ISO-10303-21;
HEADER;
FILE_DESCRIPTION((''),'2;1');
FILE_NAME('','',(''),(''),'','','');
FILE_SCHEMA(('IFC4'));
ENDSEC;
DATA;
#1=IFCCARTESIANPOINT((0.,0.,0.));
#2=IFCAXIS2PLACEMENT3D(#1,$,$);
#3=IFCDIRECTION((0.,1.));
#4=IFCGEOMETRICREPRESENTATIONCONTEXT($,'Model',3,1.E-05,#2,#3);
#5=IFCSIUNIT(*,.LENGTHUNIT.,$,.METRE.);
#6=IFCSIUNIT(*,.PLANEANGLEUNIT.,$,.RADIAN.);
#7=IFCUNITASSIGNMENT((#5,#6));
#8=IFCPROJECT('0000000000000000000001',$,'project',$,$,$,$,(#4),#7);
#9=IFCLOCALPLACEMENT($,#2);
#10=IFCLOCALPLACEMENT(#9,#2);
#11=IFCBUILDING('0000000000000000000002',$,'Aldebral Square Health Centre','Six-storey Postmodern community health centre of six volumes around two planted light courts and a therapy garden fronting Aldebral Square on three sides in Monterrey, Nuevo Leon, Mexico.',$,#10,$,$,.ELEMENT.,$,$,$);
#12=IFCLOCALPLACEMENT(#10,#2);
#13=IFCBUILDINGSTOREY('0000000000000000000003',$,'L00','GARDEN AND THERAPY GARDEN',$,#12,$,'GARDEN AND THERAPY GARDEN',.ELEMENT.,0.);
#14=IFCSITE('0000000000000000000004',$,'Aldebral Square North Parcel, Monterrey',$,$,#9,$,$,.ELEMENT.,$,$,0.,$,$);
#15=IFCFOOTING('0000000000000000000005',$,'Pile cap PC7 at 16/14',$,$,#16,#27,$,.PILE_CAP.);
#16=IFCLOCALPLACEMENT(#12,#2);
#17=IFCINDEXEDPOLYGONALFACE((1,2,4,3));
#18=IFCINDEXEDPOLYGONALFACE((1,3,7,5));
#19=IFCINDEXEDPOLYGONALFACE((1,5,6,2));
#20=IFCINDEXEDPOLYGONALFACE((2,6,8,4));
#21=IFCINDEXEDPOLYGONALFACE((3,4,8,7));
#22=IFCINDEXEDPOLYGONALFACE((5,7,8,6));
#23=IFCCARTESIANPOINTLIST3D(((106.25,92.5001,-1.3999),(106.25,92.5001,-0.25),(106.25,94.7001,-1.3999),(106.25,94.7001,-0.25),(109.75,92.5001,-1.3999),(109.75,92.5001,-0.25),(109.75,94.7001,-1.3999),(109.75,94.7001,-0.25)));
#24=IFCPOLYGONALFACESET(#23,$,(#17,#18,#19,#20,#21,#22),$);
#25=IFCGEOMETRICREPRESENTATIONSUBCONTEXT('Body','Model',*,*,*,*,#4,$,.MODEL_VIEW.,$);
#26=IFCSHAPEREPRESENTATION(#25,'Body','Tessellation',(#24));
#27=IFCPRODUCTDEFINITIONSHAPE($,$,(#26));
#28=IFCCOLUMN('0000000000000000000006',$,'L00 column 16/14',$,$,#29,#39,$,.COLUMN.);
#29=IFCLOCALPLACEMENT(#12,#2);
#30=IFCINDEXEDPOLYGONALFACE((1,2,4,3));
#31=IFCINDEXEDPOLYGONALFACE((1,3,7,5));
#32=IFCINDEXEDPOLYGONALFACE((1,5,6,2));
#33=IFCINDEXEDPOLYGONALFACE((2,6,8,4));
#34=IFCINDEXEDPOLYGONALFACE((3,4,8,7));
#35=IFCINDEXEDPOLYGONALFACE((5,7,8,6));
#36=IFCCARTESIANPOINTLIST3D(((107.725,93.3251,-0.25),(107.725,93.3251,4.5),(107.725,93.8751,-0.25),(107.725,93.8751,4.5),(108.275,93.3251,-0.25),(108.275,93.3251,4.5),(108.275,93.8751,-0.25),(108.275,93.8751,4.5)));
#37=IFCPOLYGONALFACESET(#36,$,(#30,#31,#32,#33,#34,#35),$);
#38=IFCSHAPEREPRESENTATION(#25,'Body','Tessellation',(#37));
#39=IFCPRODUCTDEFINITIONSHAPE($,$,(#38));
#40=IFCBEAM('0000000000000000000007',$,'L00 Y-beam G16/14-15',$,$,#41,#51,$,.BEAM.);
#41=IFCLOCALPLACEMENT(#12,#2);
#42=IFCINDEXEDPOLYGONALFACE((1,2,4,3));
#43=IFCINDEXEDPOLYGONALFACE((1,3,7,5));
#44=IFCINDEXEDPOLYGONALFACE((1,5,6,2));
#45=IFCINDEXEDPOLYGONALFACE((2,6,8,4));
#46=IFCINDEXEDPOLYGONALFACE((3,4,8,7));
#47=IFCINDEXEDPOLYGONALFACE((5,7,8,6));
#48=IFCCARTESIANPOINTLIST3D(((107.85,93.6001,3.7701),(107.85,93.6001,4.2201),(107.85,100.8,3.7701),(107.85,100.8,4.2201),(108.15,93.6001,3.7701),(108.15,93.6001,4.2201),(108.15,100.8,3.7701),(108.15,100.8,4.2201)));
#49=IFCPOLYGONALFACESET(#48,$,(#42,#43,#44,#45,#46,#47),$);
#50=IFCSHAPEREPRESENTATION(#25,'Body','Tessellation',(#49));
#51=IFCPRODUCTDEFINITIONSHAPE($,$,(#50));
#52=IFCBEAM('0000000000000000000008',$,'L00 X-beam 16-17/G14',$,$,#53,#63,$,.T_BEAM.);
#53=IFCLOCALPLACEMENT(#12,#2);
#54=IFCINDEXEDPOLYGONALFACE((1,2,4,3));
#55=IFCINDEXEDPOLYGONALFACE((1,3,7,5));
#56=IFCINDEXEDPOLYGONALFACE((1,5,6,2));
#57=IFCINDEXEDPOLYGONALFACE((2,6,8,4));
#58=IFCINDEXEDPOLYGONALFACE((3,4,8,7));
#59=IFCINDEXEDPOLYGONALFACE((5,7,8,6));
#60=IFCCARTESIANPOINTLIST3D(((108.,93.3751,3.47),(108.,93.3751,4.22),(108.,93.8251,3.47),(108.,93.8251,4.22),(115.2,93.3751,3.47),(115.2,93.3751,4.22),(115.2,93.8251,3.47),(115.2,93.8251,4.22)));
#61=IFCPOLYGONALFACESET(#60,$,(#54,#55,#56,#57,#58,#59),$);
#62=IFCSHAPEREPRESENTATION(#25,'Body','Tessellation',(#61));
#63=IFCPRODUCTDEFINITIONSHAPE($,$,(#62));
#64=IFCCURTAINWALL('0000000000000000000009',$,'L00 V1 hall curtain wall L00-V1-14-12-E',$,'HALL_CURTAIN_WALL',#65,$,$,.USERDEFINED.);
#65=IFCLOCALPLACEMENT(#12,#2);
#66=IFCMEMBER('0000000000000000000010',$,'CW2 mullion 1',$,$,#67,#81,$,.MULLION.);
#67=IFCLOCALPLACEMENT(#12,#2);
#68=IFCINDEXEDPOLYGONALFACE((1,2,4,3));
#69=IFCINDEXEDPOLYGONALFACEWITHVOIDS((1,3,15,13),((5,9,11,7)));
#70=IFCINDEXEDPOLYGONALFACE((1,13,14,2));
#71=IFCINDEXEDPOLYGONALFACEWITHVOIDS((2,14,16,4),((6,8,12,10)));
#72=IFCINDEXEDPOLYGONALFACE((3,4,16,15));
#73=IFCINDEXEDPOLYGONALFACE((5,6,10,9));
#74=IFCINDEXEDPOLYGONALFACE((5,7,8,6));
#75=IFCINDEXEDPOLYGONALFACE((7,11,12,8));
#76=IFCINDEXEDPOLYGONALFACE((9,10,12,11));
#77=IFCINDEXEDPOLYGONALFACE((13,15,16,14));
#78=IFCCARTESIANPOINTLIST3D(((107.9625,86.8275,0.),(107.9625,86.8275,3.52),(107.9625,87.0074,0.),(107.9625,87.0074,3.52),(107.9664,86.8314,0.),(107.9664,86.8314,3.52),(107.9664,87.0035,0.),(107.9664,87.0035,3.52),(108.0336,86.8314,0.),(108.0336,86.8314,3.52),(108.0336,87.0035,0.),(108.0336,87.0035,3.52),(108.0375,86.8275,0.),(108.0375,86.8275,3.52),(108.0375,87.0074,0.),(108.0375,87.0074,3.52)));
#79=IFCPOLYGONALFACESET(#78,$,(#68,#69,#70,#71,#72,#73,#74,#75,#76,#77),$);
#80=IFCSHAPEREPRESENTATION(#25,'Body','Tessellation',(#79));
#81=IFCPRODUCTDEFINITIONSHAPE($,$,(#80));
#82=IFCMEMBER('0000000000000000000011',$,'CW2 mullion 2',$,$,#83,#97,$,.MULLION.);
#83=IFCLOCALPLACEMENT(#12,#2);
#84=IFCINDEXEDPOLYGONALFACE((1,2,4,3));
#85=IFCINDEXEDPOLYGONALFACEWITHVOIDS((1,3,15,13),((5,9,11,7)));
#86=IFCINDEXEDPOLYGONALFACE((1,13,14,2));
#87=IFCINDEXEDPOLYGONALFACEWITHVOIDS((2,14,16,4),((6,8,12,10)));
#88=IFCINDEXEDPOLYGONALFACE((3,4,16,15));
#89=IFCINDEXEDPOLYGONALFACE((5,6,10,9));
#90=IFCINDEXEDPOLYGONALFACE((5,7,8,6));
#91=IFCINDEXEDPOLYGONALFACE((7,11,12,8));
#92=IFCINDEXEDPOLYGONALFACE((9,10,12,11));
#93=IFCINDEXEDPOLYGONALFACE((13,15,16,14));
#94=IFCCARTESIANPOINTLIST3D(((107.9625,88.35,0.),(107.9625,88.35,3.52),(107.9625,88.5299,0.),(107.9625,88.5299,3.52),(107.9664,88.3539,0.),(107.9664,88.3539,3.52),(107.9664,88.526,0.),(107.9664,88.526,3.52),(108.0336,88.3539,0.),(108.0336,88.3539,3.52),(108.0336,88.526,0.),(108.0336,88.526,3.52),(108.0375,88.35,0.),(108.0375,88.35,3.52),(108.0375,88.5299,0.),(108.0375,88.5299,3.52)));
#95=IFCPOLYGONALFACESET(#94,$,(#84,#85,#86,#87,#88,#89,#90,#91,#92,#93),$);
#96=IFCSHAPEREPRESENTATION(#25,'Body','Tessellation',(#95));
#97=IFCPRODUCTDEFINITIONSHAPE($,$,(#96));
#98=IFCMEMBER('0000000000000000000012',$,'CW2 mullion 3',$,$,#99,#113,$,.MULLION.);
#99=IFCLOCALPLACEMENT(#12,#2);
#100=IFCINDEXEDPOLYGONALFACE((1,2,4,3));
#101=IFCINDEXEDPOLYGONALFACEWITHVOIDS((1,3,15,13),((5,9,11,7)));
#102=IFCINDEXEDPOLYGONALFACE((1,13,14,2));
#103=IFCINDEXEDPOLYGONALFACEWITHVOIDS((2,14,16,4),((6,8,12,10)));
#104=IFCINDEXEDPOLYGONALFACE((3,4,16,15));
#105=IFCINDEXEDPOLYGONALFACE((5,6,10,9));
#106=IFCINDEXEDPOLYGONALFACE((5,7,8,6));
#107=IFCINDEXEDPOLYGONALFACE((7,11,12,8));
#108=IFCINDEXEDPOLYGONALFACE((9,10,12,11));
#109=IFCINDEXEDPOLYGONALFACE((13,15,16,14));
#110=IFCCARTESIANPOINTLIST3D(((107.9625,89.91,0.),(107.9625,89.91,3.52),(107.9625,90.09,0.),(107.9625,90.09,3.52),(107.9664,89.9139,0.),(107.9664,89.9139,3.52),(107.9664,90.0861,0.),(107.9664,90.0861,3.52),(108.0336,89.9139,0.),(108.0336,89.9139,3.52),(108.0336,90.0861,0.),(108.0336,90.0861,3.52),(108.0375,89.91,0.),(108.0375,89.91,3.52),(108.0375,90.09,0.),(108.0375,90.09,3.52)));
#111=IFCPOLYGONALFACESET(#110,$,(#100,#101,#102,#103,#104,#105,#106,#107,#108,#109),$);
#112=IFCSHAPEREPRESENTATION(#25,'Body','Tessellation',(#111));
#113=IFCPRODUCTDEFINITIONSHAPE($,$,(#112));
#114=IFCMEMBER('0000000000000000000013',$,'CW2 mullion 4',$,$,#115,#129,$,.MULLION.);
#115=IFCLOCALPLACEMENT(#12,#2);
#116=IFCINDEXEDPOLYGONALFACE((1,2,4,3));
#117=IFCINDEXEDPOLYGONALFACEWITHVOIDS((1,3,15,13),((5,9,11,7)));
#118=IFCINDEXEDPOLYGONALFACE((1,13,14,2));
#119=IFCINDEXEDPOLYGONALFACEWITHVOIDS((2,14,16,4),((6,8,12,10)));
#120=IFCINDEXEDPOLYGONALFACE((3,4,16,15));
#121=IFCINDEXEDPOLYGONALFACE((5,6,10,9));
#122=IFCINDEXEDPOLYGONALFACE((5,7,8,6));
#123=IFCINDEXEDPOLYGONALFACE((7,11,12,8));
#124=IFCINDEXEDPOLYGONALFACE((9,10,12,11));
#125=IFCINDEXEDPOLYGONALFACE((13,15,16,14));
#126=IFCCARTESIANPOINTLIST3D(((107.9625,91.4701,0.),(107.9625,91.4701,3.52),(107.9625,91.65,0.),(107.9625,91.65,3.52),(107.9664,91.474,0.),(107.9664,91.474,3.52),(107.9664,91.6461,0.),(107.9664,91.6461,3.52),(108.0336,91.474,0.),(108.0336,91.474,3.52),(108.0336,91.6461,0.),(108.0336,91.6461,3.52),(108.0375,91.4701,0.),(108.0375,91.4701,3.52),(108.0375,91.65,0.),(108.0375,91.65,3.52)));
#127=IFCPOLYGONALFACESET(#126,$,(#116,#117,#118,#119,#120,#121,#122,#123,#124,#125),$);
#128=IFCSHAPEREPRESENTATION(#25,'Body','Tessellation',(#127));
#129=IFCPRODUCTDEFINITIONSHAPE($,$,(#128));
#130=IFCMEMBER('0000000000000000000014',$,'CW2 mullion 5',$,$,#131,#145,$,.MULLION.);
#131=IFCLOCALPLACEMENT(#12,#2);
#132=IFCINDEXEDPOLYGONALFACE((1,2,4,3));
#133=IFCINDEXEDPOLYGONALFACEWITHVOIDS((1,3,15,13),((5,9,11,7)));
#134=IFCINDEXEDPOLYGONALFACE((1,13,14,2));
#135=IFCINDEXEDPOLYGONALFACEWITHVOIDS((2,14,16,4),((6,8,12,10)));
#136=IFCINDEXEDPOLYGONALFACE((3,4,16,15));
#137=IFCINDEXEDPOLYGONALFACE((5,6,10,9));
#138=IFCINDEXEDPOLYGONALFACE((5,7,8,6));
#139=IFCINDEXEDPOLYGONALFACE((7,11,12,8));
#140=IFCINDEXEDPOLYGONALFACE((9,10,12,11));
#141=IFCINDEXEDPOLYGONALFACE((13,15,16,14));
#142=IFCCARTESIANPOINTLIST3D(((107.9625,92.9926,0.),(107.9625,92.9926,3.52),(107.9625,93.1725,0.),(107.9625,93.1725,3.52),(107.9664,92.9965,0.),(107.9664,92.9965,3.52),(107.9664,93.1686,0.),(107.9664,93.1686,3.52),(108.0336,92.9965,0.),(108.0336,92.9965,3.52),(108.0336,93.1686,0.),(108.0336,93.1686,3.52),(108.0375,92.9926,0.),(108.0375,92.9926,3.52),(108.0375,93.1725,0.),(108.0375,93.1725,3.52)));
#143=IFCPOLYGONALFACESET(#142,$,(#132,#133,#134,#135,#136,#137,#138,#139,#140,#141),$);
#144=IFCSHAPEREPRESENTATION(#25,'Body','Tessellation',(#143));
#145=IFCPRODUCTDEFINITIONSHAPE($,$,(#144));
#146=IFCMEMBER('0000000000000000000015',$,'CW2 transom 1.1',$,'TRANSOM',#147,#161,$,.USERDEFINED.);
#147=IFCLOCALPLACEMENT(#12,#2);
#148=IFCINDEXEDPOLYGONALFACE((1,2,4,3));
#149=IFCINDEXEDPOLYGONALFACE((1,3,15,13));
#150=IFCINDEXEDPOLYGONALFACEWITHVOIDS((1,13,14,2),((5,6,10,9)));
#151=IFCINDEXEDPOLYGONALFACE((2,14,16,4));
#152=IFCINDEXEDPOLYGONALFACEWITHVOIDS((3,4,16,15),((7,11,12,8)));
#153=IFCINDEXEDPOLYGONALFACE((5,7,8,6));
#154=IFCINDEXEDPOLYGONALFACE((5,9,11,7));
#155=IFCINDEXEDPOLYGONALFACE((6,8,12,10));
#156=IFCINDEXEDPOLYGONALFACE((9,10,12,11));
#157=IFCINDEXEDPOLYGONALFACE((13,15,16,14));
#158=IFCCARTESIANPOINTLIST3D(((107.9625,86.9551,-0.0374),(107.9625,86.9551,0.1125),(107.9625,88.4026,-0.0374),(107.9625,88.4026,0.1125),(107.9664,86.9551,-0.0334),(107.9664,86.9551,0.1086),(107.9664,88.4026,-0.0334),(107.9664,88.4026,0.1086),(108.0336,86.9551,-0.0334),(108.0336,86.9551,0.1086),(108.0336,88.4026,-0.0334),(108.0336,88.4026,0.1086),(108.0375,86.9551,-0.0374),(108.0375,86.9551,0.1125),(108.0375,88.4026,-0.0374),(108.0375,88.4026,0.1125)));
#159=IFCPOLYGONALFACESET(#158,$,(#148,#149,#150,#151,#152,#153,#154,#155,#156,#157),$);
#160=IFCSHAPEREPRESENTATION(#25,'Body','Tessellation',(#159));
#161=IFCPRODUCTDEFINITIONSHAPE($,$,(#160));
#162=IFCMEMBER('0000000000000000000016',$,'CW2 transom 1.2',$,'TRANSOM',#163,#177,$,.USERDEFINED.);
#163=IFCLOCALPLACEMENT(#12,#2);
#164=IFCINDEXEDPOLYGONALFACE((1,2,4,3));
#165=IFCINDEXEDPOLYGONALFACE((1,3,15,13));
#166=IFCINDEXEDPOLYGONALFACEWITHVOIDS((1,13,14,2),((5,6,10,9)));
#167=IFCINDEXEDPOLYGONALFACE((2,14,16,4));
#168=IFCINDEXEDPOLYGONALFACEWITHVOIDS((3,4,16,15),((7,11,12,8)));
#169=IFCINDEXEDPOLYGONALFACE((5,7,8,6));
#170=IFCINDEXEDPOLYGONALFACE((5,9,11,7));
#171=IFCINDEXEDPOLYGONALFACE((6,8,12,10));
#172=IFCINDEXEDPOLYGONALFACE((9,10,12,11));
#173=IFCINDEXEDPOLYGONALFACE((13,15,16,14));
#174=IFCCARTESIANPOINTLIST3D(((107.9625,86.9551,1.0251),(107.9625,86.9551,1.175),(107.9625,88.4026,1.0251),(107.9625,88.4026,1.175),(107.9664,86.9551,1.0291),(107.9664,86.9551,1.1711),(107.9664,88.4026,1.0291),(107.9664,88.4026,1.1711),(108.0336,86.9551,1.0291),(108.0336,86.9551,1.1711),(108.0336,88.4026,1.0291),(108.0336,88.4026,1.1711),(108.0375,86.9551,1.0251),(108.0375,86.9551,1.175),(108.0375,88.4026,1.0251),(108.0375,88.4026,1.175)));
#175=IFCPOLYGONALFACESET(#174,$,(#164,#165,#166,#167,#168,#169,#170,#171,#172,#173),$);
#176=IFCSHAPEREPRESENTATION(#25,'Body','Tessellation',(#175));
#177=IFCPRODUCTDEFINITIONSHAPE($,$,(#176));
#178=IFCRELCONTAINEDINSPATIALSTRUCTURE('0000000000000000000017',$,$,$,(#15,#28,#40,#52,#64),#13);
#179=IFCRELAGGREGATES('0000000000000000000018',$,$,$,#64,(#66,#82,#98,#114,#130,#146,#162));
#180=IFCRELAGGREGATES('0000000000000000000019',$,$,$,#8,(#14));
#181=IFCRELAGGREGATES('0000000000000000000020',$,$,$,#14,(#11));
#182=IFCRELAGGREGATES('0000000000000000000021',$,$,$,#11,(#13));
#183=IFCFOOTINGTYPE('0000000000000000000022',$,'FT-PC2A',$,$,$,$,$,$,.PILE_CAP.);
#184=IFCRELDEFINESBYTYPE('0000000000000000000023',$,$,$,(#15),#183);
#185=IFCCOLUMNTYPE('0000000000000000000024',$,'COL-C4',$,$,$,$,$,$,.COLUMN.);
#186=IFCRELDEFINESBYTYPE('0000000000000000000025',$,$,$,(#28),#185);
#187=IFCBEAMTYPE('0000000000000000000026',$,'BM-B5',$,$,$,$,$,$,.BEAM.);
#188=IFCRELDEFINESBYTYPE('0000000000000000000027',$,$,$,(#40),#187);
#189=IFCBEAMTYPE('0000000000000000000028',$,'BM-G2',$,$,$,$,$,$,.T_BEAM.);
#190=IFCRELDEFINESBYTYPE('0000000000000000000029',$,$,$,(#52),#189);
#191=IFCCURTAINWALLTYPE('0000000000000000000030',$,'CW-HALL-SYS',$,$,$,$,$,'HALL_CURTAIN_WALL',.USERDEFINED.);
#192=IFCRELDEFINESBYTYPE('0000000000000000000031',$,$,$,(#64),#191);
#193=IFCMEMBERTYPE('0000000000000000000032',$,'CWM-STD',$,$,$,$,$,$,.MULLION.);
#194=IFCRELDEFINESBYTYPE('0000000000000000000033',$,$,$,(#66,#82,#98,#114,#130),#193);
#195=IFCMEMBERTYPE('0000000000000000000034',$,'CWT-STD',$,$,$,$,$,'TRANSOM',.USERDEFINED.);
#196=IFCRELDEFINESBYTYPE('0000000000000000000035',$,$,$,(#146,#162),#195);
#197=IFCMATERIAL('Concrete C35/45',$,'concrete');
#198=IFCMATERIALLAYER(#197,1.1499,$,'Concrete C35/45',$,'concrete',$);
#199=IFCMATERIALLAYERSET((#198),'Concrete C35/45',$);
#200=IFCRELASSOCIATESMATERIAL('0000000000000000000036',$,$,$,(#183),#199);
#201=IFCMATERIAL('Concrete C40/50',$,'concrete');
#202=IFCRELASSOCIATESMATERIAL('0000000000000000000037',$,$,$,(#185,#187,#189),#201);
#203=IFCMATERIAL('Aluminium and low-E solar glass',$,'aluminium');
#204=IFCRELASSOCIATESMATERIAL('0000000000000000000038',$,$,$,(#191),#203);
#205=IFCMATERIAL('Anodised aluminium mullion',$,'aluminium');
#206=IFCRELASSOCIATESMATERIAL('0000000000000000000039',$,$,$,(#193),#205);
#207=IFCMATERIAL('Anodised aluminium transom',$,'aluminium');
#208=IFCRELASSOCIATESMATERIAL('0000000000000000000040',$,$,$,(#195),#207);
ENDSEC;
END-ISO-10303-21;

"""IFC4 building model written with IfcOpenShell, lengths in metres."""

from ifc_helpers import new_model, si_unit, direction, frame, origin, origin_2d, place, context, subcontext, project, spatial, rectangle, hollow_rectangle, extrude, material, layer, layer_set, material_profile, profile_set, type_object, element, aggregate, save


model = new_model("IFC4")

# Units and contexts
model_context = context("Model", 3, precision=1e-05, world=origin(), true_north=direction((0.0, 1.0)))
body_context = subcontext(model_context, "Body", "Model", "MODEL_VIEW")
ifc_project = project(units=[si_unit("LENGTHUNIT", "METRE"), si_unit("PLANEANGLEUNIT", "RADIAN")], contexts=[model_context])

# Site, building, storey
site_placement = place(None, origin())
site = spatial("IfcSite", under=ifc_project, at=site_placement, Name="Aldebral Square North Parcel, Monterrey", CompositionType="ELEMENT", RefElevation=0.0)
building_placement = place(site_placement, origin())
building = spatial("IfcBuilding", under=site, at=building_placement, Name="Aldebral Square Health Centre", Description="Six-storey Postmodern community health centre of six volumes around two planted light courts and a therapy garden fronting Aldebral Square on three sides in Monterrey, Nuevo Leon, Mexico.", CompositionType="ELEMENT")
storey_placement = place(building_placement, origin())
storey = spatial("IfcBuildingStorey", under=building, at=storey_placement, Name="L00", Description="GARDEN AND THERAPY GARDEN", LongName="GARDEN AND THERAPY GARDEN", CompositionType="ELEMENT", Elevation=0.0)

# Footing
ifc_material_1 = material(Name="Concrete C35/45", Category="concrete")
ifc_layer_1 = layer(ifc_material_1, 1.1499, Name="Concrete C35/45", Category="concrete")
ifc_layer_set_1 = layer_set([ifc_layer_1], Name="Concrete C35/45")
footing_type = type_object("IfcFootingType", Name="FT-PC2A", PredefinedType="PILE_CAP", material=ifc_layer_set_1)
footing_placement = place(storey_placement, frame((108.0, 93.6001, -1.3999), z_axis=(0.0, 0.0, 1.0), x_axis=(1.0, 0.0, 0.0)))
element("IfcFooting", 1, at=footing_placement, inside=storey, type_object=footing_type, Name="Pile cap PC7 at 16/14", PredefinedType="PILE_CAP", context=body_context, shape_type="SweptSolid", body=[
    extrude(rectangle(XDim=3.5, YDim=2.2, at=origin_2d()), origin(), (0.0, 0.0, 1.0), 1.1499),
])

# Column
ifc_material_2 = material(Name="Concrete C40/50", Category="concrete")
ifc_material_profile_1 = material_profile(ifc_material_2, rectangle(XDim=0.55, YDim=0.55, at=origin_2d()), Name="RC 550x550")
ifc_profile_set_1 = profile_set([ifc_material_profile_1], Name="Concrete C40/50")
column_type = type_object("IfcColumnType", Name="COL-C4", PredefinedType="COLUMN", material=ifc_profile_set_1)
column_placement = place(storey_placement, frame((108.0, 93.6001, -0.25), z_axis=(0.0, 0.0, 1.0), x_axis=(1.0, 0.0, 0.0)))
element("IfcColumn", 2, at=column_placement, inside=storey, type_object=column_type, Name="L00 column 16/14", PredefinedType="COLUMN", context=body_context, shape_type="SweptSolid", body=[
    extrude(rectangle(XDim=0.55, YDim=0.55, at=origin_2d()), origin(), (0.0, 0.0, 1.0), 4.75),
])

# Beams
ifc_material_profile_2 = material_profile(ifc_material_2, rectangle(XDim=0.3, YDim=0.45, at=origin_2d()), Name="RC 300x450")
ifc_profile_set_2 = profile_set([ifc_material_profile_2], Name="Concrete C40/50")
beam_type_1 = type_object("IfcBeamType", Name="BM-B5", PredefinedType="BEAM", material=ifc_profile_set_2)
beam_1_placement = place(storey_placement, frame((108.0, 93.6001, 3.9951), z_axis=(0.0, 1.0, 0.0), x_axis=(-1.0, 0.0, 0.0)))
element("IfcBeam", 3, at=beam_1_placement, inside=storey, type_object=beam_type_1, Name="L00 Y-beam G16/14-15", PredefinedType="BEAM", context=body_context, shape_type="SweptSolid", body=[
    extrude(rectangle(XDim=0.3, YDim=0.45, at=origin_2d()), origin(), (0.0, 0.0, 1.0), 7.2),
])
ifc_material_profile_3 = material_profile(ifc_material_2, rectangle(XDim=0.45, YDim=0.75, at=origin_2d()), Name="RC 450x750")
ifc_profile_set_3 = profile_set([ifc_material_profile_3], Name="Concrete C40/50")
beam_type_2 = type_object("IfcBeamType", Name="BM-G2", PredefinedType="T_BEAM", material=ifc_profile_set_3)
beam_2_placement = place(storey_placement, frame((108.0, 93.6001, 3.845), z_axis=(1.0, 0.0, 0.0), x_axis=(0.0, 1.0, 0.0)))
element("IfcBeam", 4, at=beam_2_placement, inside=storey, type_object=beam_type_2, Name="L00 X-beam 16-17/G14", PredefinedType="T_BEAM", context=body_context, shape_type="SweptSolid", body=[
    extrude(rectangle(XDim=0.45, YDim=0.75, at=origin_2d()), origin(), (0.0, 0.0, 1.0), 7.2),
])

# Curtain wall, members
ifc_material_3 = material(Name="Aluminium and low-E solar glass", Category="aluminium")
curtain_wall_type = type_object("IfcCurtainWallType", Name="CW-HALL-SYS", ElementType="HALL_CURTAIN_WALL", PredefinedType="USERDEFINED", material=ifc_material_3)
curtain_wall_placement = place(storey_placement, origin())
curtain_wall = element("IfcCurtainWall", 5, at=curtain_wall_placement, inside=storey, type_object=curtain_wall_type, Name="L00 V1 hall curtain wall L00-V1-14-12-E", ObjectType="HALL_CURTAIN_WALL", PredefinedType="USERDEFINED")
ifc_material_4 = material(Name="Anodised aluminium mullion", Category="aluminium")
ifc_material_profile_4 = material_profile(ifc_material_4, hollow_rectangle(XDim=0.075, YDim=0.1799, WallThickness=0.0039, at=origin_2d()), Name="CWM 75x180x4")
ifc_profile_set_4 = profile_set([ifc_material_profile_4], Name="Anodised aluminium mullion")
member_type_1 = type_object("IfcMemberType", Name="CWM-STD", PredefinedType="MULLION", material=ifc_profile_set_4)
member_1_placement = place(storey_placement, frame((108.0, 86.9175, 0.0), z_axis=(0.0, 0.0, 1.0), x_axis=(-1.0, 0.0, 0.0)))
member_1 = element("IfcMember", 6, at=member_1_placement, type_object=member_type_1, Name="CW2 mullion 1", PredefinedType="MULLION", context=body_context, shape_type="SweptSolid", body=[
    extrude(hollow_rectangle(XDim=0.075, YDim=0.1799, WallThickness=0.0039, at=origin_2d()), origin(), (0.0, 0.0, 1.0), 3.52),
])
member_2_placement = place(storey_placement, frame((108.0, 88.4399, 0.0), z_axis=(0.0, 0.0, 1.0), x_axis=(-1.0, 0.0, 0.0)))
member_2 = element("IfcMember", 7, at=member_2_placement, type_object=member_type_1, Name="CW2 mullion 2", PredefinedType="MULLION", context=body_context, shape_type="SweptSolid", body=[
    extrude(hollow_rectangle(XDim=0.075, YDim=0.1799, WallThickness=0.0039, at=origin_2d()), origin(), (0.0, 0.0, 1.0), 3.52),
])
member_3_placement = place(storey_placement, frame((108.0, 90.0, 0.0), z_axis=(0.0, 0.0, 1.0), x_axis=(-1.0, 0.0, 0.0)))
member_3 = element("IfcMember", 8, at=member_3_placement, type_object=member_type_1, Name="CW2 mullion 3", PredefinedType="MULLION", context=body_context, shape_type="SweptSolid", body=[
    extrude(hollow_rectangle(XDim=0.075, YDim=0.1799, WallThickness=0.0039, at=origin_2d()), origin(), (0.0, 0.0, 1.0), 3.52),
])
member_4_placement = place(storey_placement, frame((108.0, 91.5601, 0.0), z_axis=(0.0, 0.0, 1.0), x_axis=(-1.0, 0.0, 0.0)))
member_4 = element("IfcMember", 9, at=member_4_placement, type_object=member_type_1, Name="CW2 mullion 4", PredefinedType="MULLION", context=body_context, shape_type="SweptSolid", body=[
    extrude(hollow_rectangle(XDim=0.075, YDim=0.1799, WallThickness=0.0039, at=origin_2d()), origin(), (0.0, 0.0, 1.0), 3.52),
])
member_5_placement = place(storey_placement, frame((108.0, 93.0825, 0.0), z_axis=(0.0, 0.0, 1.0), x_axis=(-1.0, 0.0, 0.0)))
member_5 = element("IfcMember", 10, at=member_5_placement, type_object=member_type_1, Name="CW2 mullion 5", PredefinedType="MULLION", context=body_context, shape_type="SweptSolid", body=[
    extrude(hollow_rectangle(XDim=0.075, YDim=0.1799, WallThickness=0.0039, at=origin_2d()), origin(), (0.0, 0.0, 1.0), 3.52),
])
ifc_material_5 = material(Name="Anodised aluminium transom", Category="aluminium")
ifc_material_profile_5 = material_profile(ifc_material_5, hollow_rectangle(XDim=0.075, YDim=0.1499, WallThickness=0.0039, at=origin_2d()), Name="CWT 75x150x4")
ifc_profile_set_5 = profile_set([ifc_material_profile_5], Name="Anodised aluminium transom")
member_type_2 = type_object("IfcMemberType", Name="CWT-STD", ElementType="TRANSOM", PredefinedType="USERDEFINED", material=ifc_profile_set_5)
member_6_placement = place(storey_placement, frame((108.0, 86.9551, 0.0376), z_axis=(0.0, 1.0, 0.0), x_axis=(-1.0, 0.0, 0.0)))
member_6 = element("IfcMember", 11, at=member_6_placement, type_object=member_type_2, Name="CW2 transom 1.1", ObjectType="TRANSOM", PredefinedType="USERDEFINED", context=body_context, shape_type="SweptSolid", body=[
    extrude(hollow_rectangle(XDim=0.075, YDim=0.1499, WallThickness=0.0039, at=origin_2d()), origin(), (0.0, 0.0, 1.0), 1.4475),
])
member_7_placement = place(storey_placement, frame((108.0, 86.9551, 1.1001), z_axis=(0.0, 1.0, 0.0), x_axis=(-1.0, 0.0, 0.0)))
member_7 = element("IfcMember", 12, at=member_7_placement, type_object=member_type_2, Name="CW2 transom 1.2", ObjectType="TRANSOM", PredefinedType="USERDEFINED", context=body_context, shape_type="SweptSolid", body=[
    extrude(hollow_rectangle(XDim=0.075, YDim=0.1499, WallThickness=0.0039, at=origin_2d()), origin(), (0.0, 0.0, 1.0), 1.4475),
])
aggregate(curtain_wall, [member_1, member_2, member_3, member_4, member_5, member_6, member_7])

save(model, "model.ifc")
